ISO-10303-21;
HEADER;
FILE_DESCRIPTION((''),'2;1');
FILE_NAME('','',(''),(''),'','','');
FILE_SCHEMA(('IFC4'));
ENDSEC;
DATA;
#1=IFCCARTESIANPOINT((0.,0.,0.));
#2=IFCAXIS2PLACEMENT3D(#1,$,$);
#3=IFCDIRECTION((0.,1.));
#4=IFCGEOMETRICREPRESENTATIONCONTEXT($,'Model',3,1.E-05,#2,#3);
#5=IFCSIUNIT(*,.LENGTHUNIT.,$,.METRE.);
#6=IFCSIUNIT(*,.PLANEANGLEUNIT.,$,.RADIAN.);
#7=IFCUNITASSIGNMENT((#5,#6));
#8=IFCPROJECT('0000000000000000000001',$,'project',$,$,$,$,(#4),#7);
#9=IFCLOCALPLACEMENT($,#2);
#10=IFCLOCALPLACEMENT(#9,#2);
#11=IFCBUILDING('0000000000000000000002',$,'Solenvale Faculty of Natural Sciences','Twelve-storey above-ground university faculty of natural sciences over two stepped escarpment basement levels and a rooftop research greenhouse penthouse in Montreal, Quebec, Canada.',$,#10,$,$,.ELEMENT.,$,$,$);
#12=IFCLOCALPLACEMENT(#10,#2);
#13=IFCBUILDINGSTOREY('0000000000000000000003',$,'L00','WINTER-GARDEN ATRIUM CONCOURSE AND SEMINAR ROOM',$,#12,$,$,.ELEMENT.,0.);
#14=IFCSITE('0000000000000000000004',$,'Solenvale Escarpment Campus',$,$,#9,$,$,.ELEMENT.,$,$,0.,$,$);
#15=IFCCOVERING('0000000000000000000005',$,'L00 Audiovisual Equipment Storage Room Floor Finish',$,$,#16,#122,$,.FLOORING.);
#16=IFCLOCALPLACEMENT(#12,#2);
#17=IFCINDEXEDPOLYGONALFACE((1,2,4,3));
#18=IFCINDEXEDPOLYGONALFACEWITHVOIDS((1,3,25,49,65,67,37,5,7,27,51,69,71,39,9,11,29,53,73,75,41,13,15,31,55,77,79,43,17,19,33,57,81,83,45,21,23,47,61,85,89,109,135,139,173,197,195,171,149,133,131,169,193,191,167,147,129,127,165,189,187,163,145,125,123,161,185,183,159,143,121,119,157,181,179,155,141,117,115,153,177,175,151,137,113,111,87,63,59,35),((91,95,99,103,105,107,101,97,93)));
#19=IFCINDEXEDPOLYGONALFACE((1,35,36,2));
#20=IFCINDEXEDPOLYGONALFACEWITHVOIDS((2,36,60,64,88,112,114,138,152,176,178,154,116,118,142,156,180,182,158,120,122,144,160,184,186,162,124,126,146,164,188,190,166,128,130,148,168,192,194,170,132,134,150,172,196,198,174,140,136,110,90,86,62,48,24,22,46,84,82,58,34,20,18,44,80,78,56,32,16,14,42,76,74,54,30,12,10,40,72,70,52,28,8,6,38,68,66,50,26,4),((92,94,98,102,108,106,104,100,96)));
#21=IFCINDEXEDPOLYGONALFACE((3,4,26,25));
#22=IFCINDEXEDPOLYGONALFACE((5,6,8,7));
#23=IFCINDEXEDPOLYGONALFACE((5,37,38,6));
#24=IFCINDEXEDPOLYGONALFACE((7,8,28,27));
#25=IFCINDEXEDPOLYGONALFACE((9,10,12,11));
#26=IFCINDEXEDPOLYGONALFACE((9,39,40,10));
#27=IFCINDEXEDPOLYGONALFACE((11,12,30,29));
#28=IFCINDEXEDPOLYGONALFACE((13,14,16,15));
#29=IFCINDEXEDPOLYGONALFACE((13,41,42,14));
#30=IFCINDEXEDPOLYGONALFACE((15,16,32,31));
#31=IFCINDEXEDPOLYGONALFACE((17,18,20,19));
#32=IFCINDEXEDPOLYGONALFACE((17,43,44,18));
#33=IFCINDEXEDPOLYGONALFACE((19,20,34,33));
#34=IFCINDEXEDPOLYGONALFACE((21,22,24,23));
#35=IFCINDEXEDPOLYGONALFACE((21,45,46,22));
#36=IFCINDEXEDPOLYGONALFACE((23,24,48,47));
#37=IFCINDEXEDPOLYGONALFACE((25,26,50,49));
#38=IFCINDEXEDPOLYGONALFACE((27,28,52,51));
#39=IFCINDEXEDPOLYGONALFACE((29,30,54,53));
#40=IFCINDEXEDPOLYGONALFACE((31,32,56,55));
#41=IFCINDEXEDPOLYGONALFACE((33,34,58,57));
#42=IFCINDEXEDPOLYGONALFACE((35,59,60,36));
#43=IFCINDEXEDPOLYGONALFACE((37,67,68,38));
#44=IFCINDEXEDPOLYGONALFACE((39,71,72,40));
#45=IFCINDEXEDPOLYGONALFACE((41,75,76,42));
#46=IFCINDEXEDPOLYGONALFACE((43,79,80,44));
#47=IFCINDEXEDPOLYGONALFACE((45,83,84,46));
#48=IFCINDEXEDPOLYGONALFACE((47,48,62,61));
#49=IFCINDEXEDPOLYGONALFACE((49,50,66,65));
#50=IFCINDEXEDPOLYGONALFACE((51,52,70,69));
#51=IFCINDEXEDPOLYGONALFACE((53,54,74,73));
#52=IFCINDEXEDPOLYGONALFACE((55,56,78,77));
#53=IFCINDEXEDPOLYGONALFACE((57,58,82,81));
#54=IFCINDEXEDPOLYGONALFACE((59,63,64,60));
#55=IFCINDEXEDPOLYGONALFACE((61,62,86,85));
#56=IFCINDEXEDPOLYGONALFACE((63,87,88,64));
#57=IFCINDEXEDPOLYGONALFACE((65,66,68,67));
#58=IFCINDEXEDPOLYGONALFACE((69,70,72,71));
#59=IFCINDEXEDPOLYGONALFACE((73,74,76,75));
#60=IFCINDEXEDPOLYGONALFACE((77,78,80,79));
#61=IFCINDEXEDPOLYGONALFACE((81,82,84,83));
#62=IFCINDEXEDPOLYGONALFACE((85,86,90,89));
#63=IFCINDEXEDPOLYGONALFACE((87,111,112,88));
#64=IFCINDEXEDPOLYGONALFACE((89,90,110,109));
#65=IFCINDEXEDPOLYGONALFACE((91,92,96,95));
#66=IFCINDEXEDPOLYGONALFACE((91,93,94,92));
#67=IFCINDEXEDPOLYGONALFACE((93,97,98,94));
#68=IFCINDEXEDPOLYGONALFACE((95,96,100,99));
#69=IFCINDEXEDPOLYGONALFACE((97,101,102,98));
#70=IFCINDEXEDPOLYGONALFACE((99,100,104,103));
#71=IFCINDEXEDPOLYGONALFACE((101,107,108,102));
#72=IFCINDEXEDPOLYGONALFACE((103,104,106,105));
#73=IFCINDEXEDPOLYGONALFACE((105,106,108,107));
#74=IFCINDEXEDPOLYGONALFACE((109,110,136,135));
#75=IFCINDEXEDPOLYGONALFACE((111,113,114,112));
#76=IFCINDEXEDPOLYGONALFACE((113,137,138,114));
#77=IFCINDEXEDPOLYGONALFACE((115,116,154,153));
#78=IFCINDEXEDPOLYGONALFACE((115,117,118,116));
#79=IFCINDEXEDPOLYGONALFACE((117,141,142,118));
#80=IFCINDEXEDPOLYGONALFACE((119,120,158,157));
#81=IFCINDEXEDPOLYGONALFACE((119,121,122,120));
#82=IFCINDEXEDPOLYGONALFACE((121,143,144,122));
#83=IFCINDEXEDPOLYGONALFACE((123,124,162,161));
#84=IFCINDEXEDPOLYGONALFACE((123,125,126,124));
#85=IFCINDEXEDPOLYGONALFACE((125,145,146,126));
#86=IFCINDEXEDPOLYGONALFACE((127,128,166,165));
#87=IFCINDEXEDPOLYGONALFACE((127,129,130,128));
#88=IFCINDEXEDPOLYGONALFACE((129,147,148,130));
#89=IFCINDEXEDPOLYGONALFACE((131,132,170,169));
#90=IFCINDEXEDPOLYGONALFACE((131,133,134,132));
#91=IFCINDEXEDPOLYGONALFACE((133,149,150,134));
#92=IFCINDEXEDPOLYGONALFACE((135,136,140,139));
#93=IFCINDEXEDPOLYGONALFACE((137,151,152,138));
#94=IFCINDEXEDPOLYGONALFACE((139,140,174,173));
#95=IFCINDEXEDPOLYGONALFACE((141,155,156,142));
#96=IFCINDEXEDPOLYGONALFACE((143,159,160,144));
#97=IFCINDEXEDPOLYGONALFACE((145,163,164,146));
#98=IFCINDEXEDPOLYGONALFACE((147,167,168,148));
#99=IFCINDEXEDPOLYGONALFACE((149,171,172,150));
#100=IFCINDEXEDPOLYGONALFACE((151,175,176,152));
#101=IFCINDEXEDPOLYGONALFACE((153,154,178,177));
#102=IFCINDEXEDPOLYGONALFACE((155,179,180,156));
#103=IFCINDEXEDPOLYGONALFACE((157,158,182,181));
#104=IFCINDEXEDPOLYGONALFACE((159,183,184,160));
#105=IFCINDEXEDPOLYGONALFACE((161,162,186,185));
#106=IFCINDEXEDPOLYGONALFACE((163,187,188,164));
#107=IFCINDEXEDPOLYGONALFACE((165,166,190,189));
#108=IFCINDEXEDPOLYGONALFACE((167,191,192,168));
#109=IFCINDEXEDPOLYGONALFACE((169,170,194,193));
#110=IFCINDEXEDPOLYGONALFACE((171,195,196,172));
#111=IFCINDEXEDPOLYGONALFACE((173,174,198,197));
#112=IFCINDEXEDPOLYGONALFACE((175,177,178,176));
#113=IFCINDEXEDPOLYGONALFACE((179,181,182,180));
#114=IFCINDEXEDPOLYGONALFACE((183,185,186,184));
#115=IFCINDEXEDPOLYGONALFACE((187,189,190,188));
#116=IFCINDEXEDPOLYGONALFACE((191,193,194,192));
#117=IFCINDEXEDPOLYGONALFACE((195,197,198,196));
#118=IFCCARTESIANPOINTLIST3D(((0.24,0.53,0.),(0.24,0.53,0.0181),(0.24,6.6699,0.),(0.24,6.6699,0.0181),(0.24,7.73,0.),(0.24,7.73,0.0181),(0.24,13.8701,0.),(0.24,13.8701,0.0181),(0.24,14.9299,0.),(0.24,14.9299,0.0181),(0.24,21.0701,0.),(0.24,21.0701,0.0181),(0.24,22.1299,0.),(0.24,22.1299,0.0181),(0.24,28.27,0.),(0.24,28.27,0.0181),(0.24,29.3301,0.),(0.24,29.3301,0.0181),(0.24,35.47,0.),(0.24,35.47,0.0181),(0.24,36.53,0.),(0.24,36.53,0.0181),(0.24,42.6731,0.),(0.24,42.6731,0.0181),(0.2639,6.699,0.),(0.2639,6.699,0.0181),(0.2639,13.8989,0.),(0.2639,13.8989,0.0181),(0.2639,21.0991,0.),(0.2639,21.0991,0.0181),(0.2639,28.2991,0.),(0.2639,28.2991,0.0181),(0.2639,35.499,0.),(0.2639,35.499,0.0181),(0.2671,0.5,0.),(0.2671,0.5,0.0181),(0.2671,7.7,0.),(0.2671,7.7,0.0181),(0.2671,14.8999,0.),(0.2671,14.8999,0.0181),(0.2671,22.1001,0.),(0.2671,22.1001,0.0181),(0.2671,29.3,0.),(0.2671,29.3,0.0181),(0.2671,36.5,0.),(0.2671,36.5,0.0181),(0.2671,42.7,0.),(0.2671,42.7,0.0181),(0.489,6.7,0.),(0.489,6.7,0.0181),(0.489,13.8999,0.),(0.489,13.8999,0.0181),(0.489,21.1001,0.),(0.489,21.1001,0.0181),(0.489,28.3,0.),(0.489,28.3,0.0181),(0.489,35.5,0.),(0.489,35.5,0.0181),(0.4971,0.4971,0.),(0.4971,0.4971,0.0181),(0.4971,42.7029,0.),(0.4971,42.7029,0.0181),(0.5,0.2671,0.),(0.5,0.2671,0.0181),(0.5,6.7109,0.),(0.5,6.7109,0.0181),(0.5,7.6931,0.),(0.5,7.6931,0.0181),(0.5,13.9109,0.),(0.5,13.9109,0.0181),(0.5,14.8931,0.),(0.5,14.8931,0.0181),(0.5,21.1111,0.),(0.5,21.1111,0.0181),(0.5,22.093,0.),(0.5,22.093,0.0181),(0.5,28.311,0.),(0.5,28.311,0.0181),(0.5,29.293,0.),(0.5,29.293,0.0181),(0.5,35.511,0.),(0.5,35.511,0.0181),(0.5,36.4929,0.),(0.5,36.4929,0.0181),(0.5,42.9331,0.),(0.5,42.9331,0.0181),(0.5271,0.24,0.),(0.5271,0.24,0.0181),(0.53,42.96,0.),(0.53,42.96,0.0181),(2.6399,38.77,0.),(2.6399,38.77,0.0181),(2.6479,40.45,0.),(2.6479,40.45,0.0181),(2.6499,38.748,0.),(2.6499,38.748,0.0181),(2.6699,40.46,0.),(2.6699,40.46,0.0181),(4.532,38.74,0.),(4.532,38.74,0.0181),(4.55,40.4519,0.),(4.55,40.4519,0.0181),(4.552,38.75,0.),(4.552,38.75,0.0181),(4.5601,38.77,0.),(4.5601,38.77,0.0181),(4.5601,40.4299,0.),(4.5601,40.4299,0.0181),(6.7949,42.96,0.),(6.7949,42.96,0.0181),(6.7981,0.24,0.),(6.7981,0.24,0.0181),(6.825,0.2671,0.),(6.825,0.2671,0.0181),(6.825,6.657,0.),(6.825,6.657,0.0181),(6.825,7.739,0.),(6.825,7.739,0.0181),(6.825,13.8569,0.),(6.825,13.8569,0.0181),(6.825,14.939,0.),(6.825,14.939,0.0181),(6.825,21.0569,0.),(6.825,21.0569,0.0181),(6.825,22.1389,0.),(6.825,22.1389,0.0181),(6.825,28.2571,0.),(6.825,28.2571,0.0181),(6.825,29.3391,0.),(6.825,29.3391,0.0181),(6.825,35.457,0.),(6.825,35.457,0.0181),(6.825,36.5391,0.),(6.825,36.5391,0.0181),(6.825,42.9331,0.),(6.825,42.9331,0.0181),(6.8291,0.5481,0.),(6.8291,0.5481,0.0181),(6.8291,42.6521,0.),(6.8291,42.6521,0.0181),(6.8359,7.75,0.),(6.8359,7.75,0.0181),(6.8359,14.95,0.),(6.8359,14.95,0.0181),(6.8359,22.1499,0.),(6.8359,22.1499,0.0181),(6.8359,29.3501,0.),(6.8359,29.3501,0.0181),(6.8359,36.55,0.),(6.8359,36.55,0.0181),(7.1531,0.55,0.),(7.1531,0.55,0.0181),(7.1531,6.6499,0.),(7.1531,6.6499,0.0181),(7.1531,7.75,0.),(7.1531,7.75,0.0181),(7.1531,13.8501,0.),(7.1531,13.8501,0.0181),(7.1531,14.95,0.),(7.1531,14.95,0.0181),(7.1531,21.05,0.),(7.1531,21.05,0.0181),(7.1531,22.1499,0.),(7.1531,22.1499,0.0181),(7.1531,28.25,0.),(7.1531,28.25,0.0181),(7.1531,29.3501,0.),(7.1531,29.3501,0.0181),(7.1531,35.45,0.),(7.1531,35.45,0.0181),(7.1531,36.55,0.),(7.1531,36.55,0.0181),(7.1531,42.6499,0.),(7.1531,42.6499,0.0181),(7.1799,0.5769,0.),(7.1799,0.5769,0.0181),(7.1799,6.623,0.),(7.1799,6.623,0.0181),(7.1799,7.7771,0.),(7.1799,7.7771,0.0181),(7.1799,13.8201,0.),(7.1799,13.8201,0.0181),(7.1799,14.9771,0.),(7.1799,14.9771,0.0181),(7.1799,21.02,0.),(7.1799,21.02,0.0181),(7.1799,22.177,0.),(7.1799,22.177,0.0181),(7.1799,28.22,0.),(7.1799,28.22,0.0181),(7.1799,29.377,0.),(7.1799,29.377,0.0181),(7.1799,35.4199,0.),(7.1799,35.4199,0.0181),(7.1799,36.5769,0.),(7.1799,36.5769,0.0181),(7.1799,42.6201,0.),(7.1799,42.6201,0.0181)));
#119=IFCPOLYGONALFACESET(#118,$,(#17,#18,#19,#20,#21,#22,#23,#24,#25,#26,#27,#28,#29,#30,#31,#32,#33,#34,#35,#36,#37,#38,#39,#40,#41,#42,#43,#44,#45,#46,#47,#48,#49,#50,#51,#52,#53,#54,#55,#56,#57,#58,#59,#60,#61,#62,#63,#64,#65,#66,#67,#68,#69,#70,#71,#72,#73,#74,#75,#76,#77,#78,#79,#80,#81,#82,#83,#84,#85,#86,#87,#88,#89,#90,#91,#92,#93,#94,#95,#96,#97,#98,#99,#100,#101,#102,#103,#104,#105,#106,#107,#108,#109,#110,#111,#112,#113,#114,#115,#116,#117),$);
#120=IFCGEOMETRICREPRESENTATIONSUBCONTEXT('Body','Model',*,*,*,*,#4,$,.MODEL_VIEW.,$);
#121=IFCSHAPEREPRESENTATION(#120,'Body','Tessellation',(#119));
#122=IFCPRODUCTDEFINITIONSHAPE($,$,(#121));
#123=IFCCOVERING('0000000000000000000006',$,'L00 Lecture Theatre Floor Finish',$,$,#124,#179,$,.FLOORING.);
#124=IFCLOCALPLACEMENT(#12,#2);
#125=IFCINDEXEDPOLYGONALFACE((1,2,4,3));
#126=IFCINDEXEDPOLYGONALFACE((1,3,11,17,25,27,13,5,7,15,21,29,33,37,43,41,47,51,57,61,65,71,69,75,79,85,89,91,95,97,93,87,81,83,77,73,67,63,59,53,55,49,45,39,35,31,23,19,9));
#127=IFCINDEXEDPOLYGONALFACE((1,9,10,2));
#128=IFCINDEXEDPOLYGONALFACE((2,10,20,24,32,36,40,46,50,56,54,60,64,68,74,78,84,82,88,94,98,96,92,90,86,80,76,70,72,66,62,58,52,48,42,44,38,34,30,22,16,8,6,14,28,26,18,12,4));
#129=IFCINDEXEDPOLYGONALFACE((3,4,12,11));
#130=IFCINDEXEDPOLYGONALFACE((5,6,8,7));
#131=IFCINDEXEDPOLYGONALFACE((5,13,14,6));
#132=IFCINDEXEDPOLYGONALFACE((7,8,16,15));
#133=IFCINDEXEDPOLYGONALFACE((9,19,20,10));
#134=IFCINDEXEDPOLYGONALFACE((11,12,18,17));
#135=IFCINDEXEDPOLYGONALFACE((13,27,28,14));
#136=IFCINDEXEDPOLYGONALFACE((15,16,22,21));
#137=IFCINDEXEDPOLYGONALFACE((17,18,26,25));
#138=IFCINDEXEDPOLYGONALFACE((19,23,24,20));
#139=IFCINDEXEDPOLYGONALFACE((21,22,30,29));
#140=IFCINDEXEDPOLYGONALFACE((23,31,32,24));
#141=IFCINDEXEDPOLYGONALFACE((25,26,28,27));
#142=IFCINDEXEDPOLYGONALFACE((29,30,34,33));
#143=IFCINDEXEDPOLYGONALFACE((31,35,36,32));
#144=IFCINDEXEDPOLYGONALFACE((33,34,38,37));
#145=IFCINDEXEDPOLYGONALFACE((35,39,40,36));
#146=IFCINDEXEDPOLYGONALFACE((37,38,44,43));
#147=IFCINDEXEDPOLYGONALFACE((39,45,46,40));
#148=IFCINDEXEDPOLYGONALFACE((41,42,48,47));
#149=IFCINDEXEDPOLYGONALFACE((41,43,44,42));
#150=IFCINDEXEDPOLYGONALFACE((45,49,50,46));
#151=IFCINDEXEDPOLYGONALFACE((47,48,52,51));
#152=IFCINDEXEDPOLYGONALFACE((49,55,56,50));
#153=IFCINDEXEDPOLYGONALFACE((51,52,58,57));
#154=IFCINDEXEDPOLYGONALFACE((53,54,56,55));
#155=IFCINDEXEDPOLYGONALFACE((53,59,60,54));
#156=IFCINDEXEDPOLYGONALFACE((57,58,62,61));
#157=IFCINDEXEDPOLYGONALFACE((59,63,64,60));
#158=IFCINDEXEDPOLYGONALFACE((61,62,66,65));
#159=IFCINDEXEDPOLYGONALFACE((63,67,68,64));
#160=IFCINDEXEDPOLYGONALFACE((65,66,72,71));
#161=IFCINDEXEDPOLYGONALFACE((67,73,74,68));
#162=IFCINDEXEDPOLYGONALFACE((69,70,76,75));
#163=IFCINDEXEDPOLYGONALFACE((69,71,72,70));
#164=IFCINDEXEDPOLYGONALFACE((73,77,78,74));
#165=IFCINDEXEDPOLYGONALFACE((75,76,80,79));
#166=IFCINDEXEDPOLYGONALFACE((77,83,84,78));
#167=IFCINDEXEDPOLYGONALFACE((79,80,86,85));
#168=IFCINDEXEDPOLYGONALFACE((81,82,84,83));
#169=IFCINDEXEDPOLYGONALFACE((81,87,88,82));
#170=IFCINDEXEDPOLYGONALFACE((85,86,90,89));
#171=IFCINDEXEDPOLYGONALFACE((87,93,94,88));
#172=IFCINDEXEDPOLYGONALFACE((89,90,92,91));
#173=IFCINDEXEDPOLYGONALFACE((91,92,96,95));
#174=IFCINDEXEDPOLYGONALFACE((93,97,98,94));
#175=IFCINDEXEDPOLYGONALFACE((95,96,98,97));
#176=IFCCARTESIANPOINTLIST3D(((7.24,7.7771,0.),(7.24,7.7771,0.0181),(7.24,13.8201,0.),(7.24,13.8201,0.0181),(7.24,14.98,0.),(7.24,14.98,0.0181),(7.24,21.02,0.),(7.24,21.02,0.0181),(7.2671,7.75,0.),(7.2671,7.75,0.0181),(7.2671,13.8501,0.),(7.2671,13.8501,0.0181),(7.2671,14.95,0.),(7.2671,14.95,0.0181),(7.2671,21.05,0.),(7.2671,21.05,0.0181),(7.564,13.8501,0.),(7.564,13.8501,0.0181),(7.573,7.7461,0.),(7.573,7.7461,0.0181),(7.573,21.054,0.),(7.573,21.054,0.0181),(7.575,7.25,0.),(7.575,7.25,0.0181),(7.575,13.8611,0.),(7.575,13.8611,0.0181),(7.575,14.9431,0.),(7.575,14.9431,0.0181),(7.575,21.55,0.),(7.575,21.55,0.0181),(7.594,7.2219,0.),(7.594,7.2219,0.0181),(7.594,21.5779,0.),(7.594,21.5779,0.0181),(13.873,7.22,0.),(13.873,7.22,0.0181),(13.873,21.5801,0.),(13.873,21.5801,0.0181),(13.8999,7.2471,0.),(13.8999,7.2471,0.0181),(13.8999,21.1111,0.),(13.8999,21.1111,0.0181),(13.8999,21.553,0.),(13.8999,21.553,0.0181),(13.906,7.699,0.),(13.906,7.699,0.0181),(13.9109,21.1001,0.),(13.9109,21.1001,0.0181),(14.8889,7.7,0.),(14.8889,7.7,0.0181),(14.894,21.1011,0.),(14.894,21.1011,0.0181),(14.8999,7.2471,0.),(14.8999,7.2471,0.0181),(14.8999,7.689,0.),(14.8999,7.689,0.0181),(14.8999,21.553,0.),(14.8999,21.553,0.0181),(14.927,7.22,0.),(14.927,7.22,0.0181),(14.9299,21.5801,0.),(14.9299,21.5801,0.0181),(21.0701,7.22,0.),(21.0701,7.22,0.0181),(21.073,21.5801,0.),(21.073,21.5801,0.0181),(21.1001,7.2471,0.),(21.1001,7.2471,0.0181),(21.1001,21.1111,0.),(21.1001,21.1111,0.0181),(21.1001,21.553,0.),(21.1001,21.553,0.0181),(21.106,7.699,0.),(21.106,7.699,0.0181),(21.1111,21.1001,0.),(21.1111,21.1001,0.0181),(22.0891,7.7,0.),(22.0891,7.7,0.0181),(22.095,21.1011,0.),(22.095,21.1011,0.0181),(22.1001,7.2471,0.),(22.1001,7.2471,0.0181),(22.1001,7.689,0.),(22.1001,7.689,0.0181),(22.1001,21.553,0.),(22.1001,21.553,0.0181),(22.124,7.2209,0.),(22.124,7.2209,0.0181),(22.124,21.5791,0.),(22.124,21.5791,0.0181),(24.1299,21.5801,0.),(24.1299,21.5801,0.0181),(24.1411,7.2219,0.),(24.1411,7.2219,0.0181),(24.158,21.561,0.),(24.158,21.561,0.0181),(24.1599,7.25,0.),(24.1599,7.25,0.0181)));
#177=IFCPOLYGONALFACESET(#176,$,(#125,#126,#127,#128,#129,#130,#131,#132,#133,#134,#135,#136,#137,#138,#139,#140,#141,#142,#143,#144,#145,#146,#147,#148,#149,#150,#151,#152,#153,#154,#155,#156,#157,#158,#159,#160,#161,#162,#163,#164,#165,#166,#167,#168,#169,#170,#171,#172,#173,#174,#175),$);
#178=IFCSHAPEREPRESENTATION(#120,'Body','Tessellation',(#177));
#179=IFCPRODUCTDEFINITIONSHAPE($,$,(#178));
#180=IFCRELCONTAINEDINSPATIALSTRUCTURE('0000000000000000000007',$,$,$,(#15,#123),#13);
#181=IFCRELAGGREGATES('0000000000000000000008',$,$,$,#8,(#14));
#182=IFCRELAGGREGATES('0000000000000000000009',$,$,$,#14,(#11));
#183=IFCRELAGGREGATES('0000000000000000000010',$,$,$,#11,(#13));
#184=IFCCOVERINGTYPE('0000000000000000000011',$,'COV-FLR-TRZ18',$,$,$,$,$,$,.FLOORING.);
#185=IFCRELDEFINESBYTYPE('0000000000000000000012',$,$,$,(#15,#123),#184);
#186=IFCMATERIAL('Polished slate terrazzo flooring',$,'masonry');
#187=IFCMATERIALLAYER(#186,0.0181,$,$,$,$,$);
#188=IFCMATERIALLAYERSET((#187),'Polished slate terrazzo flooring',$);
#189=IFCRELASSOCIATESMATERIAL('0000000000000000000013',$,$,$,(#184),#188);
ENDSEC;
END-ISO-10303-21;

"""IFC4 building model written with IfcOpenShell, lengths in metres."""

from ifc_helpers import new_model, si_unit, direction, origin, place, context, subcontext, project, spatial, polyline, outline, extrude, material, layer, layer_set, type_object, element, save


model = new_model("IFC4")

# Units and contexts
model_context = context("Model", 3, precision=1e-05, world=origin(), true_north=direction((0.0, 1.0)))
body_context = subcontext(model_context, "Body", "Model", "MODEL_VIEW")
ifc_project = project(units=[si_unit("LENGTHUNIT", "METRE"), si_unit("PLANEANGLEUNIT", "RADIAN")], contexts=[model_context])

# Site, building, storey
site_placement = place(None, origin())
site = spatial("IfcSite", under=ifc_project, at=site_placement, Name="Solenvale Escarpment Campus", CompositionType="ELEMENT", RefElevation=0.0)
building_placement = place(site_placement, origin())
building = spatial("IfcBuilding", under=site, at=building_placement, Name="Solenvale Faculty of Natural Sciences", Description="Twelve-storey above-ground university faculty of natural sciences over two stepped escarpment basement levels and a rooftop research greenhouse penthouse in Montreal, Quebec, Canada.", CompositionType="ELEMENT")
storey_placement = place(building_placement, origin())
storey = spatial("IfcBuildingStorey", under=building, at=storey_placement, Name="L00", Description="WINTER-GARDEN ATRIUM CONCOURSE AND SEMINAR ROOM", CompositionType="ELEMENT", Elevation=0.0)

# Coverings
ifc_material_1 = material(Name="Polished slate terrazzo flooring", Category="masonry")
ifc_layer_1 = layer(ifc_material_1, 0.0181)
ifc_layer_set_1 = layer_set([ifc_layer_1], Name="Polished slate terrazzo flooring")
covering_type_1 = type_object("IfcCoveringType", Name="COV-FLR-TRZ18", PredefinedType="FLOORING", material=ifc_layer_set_1)
covering_1_placement = place(storey_placement, origin())
element("IfcCovering", 1, at=covering_1_placement, inside=storey, type_object=covering_type_1, Name="L00 Audiovisual Equipment Storage Room Floor Finish", PredefinedType="FLOORING", context=body_context, shape_type="SweptSolid", body=[
    extrude(outline(polyline([(6.7949, 42.96), (6.825, 42.9331), (6.8291, 42.6521), (7.1531, 42.6499), (7.1799, 42.6201), (7.1799, 36.5769), (7.1531, 36.55), (6.8359, 36.55), (6.825, 36.5391), (6.825, 35.457), (7.1531, 35.45), (7.1799, 35.4199), (7.1799, 29.377), (7.1531, 29.3501), (6.8359, 29.3501), (6.825, 29.3391), (6.825, 28.2571), (7.1531, 28.25), (7.1799, 28.22), (7.1799, 22.177), (7.1531, 22.1499), (6.8359, 22.1499), (6.825, 22.1389), (6.825, 21.0569), (7.1531, 21.05), (7.1799, 21.02), (7.1799, 14.9771), (7.1531, 14.95), (6.8359, 14.95), (6.825, 14.939), (6.825, 13.8569), (7.1531, 13.8501), (7.1799, 13.8201), (7.1799, 7.7771), (7.1531, 7.75), (6.8359, 7.75), (6.825, 7.739), (6.825, 6.657), (7.1531, 6.6499), (7.1799, 6.623), (7.1799, 0.5769), (7.1531, 0.55), (6.8291, 0.5481), (6.825, 0.2671), (6.7981, 0.24), (0.5271, 0.24), (0.5, 0.2671), (0.4971, 0.4971), (0.2671, 0.5), (0.24, 0.53), (0.24, 6.6699), (0.2639, 6.699), (0.489, 6.7), (0.5, 6.7109), (0.5, 7.6931), (0.2671, 7.7), (0.24, 7.73), (0.24, 13.8701), (0.2639, 13.8989), (0.489, 13.8999), (0.5, 13.9109), (0.5, 14.8931), (0.2671, 14.8999), (0.24, 14.9299), (0.24, 21.0701), (0.2639, 21.0991), (0.489, 21.1001), (0.5, 21.1111), (0.5, 22.093), (0.2671, 22.1001), (0.24, 22.1299), (0.24, 28.27), (0.2639, 28.2991), (0.489, 28.3), (0.5, 28.311), (0.5, 29.293), (0.2671, 29.3), (0.24, 29.3301), (0.24, 35.47), (0.2639, 35.499), (0.489, 35.5), (0.5, 35.511), (0.5, 36.4929), (0.2671, 36.5), (0.24, 36.53), (0.24, 42.6731), (0.2671, 42.7), (0.4971, 42.7029), (0.5, 42.9331), (0.53, 42.96), (6.7949, 42.96)]), holes=[polyline([(4.532, 38.74), (4.552, 38.75), (4.5601, 38.77), (4.5601, 40.4299), (4.55, 40.4519), (2.6699, 40.46), (2.6479, 40.45), (2.6399, 38.77), (2.6499, 38.748), (4.532, 38.74)])]), origin(), (0.0, 0.0, 1.0), 0.0181),
])
covering_2_placement = place(storey_placement, origin())
element("IfcCovering", 2, at=covering_2_placement, inside=storey, type_object=covering_type_1, Name="L00 Lecture Theatre Floor Finish", PredefinedType="FLOORING", context=body_context, shape_type="SweptSolid", body=[
    extrude(outline(polyline([(7.24, 13.8201), (7.2671, 13.8501), (7.564, 13.8501), (7.575, 13.8611), (7.575, 14.9431), (7.2671, 14.95), (7.24, 14.98), (7.24, 21.02), (7.2671, 21.05), (7.573, 21.054), (7.575, 21.55), (7.594, 21.5779), (13.873, 21.5801), (13.8999, 21.553), (13.8999, 21.1111), (13.9109, 21.1001), (14.894, 21.1011), (14.8999, 21.553), (14.9299, 21.5801), (21.073, 21.5801), (21.1001, 21.553), (21.1001, 21.1111), (21.1111, 21.1001), (22.095, 21.1011), (22.1001, 21.553), (22.124, 21.5791), (24.1299, 21.5801), (24.158, 21.561), (24.1599, 7.25), (24.1411, 7.2219), (22.124, 7.2209), (22.1001, 7.2471), (22.1001, 7.689), (22.0891, 7.7), (21.106, 7.699), (21.1001, 7.2471), (21.0701, 7.22), (14.927, 7.22), (14.8999, 7.2471), (14.8999, 7.689), (14.8889, 7.7), (13.906, 7.699), (13.8999, 7.2471), (13.873, 7.22), (7.594, 7.2219), (7.575, 7.25), (7.573, 7.7461), (7.2671, 7.75), (7.24, 7.7771), (7.24, 13.8201)])), origin(), (0.0, 0.0, 1.0), 0.0181),
])

save(model, "model.ifc")
